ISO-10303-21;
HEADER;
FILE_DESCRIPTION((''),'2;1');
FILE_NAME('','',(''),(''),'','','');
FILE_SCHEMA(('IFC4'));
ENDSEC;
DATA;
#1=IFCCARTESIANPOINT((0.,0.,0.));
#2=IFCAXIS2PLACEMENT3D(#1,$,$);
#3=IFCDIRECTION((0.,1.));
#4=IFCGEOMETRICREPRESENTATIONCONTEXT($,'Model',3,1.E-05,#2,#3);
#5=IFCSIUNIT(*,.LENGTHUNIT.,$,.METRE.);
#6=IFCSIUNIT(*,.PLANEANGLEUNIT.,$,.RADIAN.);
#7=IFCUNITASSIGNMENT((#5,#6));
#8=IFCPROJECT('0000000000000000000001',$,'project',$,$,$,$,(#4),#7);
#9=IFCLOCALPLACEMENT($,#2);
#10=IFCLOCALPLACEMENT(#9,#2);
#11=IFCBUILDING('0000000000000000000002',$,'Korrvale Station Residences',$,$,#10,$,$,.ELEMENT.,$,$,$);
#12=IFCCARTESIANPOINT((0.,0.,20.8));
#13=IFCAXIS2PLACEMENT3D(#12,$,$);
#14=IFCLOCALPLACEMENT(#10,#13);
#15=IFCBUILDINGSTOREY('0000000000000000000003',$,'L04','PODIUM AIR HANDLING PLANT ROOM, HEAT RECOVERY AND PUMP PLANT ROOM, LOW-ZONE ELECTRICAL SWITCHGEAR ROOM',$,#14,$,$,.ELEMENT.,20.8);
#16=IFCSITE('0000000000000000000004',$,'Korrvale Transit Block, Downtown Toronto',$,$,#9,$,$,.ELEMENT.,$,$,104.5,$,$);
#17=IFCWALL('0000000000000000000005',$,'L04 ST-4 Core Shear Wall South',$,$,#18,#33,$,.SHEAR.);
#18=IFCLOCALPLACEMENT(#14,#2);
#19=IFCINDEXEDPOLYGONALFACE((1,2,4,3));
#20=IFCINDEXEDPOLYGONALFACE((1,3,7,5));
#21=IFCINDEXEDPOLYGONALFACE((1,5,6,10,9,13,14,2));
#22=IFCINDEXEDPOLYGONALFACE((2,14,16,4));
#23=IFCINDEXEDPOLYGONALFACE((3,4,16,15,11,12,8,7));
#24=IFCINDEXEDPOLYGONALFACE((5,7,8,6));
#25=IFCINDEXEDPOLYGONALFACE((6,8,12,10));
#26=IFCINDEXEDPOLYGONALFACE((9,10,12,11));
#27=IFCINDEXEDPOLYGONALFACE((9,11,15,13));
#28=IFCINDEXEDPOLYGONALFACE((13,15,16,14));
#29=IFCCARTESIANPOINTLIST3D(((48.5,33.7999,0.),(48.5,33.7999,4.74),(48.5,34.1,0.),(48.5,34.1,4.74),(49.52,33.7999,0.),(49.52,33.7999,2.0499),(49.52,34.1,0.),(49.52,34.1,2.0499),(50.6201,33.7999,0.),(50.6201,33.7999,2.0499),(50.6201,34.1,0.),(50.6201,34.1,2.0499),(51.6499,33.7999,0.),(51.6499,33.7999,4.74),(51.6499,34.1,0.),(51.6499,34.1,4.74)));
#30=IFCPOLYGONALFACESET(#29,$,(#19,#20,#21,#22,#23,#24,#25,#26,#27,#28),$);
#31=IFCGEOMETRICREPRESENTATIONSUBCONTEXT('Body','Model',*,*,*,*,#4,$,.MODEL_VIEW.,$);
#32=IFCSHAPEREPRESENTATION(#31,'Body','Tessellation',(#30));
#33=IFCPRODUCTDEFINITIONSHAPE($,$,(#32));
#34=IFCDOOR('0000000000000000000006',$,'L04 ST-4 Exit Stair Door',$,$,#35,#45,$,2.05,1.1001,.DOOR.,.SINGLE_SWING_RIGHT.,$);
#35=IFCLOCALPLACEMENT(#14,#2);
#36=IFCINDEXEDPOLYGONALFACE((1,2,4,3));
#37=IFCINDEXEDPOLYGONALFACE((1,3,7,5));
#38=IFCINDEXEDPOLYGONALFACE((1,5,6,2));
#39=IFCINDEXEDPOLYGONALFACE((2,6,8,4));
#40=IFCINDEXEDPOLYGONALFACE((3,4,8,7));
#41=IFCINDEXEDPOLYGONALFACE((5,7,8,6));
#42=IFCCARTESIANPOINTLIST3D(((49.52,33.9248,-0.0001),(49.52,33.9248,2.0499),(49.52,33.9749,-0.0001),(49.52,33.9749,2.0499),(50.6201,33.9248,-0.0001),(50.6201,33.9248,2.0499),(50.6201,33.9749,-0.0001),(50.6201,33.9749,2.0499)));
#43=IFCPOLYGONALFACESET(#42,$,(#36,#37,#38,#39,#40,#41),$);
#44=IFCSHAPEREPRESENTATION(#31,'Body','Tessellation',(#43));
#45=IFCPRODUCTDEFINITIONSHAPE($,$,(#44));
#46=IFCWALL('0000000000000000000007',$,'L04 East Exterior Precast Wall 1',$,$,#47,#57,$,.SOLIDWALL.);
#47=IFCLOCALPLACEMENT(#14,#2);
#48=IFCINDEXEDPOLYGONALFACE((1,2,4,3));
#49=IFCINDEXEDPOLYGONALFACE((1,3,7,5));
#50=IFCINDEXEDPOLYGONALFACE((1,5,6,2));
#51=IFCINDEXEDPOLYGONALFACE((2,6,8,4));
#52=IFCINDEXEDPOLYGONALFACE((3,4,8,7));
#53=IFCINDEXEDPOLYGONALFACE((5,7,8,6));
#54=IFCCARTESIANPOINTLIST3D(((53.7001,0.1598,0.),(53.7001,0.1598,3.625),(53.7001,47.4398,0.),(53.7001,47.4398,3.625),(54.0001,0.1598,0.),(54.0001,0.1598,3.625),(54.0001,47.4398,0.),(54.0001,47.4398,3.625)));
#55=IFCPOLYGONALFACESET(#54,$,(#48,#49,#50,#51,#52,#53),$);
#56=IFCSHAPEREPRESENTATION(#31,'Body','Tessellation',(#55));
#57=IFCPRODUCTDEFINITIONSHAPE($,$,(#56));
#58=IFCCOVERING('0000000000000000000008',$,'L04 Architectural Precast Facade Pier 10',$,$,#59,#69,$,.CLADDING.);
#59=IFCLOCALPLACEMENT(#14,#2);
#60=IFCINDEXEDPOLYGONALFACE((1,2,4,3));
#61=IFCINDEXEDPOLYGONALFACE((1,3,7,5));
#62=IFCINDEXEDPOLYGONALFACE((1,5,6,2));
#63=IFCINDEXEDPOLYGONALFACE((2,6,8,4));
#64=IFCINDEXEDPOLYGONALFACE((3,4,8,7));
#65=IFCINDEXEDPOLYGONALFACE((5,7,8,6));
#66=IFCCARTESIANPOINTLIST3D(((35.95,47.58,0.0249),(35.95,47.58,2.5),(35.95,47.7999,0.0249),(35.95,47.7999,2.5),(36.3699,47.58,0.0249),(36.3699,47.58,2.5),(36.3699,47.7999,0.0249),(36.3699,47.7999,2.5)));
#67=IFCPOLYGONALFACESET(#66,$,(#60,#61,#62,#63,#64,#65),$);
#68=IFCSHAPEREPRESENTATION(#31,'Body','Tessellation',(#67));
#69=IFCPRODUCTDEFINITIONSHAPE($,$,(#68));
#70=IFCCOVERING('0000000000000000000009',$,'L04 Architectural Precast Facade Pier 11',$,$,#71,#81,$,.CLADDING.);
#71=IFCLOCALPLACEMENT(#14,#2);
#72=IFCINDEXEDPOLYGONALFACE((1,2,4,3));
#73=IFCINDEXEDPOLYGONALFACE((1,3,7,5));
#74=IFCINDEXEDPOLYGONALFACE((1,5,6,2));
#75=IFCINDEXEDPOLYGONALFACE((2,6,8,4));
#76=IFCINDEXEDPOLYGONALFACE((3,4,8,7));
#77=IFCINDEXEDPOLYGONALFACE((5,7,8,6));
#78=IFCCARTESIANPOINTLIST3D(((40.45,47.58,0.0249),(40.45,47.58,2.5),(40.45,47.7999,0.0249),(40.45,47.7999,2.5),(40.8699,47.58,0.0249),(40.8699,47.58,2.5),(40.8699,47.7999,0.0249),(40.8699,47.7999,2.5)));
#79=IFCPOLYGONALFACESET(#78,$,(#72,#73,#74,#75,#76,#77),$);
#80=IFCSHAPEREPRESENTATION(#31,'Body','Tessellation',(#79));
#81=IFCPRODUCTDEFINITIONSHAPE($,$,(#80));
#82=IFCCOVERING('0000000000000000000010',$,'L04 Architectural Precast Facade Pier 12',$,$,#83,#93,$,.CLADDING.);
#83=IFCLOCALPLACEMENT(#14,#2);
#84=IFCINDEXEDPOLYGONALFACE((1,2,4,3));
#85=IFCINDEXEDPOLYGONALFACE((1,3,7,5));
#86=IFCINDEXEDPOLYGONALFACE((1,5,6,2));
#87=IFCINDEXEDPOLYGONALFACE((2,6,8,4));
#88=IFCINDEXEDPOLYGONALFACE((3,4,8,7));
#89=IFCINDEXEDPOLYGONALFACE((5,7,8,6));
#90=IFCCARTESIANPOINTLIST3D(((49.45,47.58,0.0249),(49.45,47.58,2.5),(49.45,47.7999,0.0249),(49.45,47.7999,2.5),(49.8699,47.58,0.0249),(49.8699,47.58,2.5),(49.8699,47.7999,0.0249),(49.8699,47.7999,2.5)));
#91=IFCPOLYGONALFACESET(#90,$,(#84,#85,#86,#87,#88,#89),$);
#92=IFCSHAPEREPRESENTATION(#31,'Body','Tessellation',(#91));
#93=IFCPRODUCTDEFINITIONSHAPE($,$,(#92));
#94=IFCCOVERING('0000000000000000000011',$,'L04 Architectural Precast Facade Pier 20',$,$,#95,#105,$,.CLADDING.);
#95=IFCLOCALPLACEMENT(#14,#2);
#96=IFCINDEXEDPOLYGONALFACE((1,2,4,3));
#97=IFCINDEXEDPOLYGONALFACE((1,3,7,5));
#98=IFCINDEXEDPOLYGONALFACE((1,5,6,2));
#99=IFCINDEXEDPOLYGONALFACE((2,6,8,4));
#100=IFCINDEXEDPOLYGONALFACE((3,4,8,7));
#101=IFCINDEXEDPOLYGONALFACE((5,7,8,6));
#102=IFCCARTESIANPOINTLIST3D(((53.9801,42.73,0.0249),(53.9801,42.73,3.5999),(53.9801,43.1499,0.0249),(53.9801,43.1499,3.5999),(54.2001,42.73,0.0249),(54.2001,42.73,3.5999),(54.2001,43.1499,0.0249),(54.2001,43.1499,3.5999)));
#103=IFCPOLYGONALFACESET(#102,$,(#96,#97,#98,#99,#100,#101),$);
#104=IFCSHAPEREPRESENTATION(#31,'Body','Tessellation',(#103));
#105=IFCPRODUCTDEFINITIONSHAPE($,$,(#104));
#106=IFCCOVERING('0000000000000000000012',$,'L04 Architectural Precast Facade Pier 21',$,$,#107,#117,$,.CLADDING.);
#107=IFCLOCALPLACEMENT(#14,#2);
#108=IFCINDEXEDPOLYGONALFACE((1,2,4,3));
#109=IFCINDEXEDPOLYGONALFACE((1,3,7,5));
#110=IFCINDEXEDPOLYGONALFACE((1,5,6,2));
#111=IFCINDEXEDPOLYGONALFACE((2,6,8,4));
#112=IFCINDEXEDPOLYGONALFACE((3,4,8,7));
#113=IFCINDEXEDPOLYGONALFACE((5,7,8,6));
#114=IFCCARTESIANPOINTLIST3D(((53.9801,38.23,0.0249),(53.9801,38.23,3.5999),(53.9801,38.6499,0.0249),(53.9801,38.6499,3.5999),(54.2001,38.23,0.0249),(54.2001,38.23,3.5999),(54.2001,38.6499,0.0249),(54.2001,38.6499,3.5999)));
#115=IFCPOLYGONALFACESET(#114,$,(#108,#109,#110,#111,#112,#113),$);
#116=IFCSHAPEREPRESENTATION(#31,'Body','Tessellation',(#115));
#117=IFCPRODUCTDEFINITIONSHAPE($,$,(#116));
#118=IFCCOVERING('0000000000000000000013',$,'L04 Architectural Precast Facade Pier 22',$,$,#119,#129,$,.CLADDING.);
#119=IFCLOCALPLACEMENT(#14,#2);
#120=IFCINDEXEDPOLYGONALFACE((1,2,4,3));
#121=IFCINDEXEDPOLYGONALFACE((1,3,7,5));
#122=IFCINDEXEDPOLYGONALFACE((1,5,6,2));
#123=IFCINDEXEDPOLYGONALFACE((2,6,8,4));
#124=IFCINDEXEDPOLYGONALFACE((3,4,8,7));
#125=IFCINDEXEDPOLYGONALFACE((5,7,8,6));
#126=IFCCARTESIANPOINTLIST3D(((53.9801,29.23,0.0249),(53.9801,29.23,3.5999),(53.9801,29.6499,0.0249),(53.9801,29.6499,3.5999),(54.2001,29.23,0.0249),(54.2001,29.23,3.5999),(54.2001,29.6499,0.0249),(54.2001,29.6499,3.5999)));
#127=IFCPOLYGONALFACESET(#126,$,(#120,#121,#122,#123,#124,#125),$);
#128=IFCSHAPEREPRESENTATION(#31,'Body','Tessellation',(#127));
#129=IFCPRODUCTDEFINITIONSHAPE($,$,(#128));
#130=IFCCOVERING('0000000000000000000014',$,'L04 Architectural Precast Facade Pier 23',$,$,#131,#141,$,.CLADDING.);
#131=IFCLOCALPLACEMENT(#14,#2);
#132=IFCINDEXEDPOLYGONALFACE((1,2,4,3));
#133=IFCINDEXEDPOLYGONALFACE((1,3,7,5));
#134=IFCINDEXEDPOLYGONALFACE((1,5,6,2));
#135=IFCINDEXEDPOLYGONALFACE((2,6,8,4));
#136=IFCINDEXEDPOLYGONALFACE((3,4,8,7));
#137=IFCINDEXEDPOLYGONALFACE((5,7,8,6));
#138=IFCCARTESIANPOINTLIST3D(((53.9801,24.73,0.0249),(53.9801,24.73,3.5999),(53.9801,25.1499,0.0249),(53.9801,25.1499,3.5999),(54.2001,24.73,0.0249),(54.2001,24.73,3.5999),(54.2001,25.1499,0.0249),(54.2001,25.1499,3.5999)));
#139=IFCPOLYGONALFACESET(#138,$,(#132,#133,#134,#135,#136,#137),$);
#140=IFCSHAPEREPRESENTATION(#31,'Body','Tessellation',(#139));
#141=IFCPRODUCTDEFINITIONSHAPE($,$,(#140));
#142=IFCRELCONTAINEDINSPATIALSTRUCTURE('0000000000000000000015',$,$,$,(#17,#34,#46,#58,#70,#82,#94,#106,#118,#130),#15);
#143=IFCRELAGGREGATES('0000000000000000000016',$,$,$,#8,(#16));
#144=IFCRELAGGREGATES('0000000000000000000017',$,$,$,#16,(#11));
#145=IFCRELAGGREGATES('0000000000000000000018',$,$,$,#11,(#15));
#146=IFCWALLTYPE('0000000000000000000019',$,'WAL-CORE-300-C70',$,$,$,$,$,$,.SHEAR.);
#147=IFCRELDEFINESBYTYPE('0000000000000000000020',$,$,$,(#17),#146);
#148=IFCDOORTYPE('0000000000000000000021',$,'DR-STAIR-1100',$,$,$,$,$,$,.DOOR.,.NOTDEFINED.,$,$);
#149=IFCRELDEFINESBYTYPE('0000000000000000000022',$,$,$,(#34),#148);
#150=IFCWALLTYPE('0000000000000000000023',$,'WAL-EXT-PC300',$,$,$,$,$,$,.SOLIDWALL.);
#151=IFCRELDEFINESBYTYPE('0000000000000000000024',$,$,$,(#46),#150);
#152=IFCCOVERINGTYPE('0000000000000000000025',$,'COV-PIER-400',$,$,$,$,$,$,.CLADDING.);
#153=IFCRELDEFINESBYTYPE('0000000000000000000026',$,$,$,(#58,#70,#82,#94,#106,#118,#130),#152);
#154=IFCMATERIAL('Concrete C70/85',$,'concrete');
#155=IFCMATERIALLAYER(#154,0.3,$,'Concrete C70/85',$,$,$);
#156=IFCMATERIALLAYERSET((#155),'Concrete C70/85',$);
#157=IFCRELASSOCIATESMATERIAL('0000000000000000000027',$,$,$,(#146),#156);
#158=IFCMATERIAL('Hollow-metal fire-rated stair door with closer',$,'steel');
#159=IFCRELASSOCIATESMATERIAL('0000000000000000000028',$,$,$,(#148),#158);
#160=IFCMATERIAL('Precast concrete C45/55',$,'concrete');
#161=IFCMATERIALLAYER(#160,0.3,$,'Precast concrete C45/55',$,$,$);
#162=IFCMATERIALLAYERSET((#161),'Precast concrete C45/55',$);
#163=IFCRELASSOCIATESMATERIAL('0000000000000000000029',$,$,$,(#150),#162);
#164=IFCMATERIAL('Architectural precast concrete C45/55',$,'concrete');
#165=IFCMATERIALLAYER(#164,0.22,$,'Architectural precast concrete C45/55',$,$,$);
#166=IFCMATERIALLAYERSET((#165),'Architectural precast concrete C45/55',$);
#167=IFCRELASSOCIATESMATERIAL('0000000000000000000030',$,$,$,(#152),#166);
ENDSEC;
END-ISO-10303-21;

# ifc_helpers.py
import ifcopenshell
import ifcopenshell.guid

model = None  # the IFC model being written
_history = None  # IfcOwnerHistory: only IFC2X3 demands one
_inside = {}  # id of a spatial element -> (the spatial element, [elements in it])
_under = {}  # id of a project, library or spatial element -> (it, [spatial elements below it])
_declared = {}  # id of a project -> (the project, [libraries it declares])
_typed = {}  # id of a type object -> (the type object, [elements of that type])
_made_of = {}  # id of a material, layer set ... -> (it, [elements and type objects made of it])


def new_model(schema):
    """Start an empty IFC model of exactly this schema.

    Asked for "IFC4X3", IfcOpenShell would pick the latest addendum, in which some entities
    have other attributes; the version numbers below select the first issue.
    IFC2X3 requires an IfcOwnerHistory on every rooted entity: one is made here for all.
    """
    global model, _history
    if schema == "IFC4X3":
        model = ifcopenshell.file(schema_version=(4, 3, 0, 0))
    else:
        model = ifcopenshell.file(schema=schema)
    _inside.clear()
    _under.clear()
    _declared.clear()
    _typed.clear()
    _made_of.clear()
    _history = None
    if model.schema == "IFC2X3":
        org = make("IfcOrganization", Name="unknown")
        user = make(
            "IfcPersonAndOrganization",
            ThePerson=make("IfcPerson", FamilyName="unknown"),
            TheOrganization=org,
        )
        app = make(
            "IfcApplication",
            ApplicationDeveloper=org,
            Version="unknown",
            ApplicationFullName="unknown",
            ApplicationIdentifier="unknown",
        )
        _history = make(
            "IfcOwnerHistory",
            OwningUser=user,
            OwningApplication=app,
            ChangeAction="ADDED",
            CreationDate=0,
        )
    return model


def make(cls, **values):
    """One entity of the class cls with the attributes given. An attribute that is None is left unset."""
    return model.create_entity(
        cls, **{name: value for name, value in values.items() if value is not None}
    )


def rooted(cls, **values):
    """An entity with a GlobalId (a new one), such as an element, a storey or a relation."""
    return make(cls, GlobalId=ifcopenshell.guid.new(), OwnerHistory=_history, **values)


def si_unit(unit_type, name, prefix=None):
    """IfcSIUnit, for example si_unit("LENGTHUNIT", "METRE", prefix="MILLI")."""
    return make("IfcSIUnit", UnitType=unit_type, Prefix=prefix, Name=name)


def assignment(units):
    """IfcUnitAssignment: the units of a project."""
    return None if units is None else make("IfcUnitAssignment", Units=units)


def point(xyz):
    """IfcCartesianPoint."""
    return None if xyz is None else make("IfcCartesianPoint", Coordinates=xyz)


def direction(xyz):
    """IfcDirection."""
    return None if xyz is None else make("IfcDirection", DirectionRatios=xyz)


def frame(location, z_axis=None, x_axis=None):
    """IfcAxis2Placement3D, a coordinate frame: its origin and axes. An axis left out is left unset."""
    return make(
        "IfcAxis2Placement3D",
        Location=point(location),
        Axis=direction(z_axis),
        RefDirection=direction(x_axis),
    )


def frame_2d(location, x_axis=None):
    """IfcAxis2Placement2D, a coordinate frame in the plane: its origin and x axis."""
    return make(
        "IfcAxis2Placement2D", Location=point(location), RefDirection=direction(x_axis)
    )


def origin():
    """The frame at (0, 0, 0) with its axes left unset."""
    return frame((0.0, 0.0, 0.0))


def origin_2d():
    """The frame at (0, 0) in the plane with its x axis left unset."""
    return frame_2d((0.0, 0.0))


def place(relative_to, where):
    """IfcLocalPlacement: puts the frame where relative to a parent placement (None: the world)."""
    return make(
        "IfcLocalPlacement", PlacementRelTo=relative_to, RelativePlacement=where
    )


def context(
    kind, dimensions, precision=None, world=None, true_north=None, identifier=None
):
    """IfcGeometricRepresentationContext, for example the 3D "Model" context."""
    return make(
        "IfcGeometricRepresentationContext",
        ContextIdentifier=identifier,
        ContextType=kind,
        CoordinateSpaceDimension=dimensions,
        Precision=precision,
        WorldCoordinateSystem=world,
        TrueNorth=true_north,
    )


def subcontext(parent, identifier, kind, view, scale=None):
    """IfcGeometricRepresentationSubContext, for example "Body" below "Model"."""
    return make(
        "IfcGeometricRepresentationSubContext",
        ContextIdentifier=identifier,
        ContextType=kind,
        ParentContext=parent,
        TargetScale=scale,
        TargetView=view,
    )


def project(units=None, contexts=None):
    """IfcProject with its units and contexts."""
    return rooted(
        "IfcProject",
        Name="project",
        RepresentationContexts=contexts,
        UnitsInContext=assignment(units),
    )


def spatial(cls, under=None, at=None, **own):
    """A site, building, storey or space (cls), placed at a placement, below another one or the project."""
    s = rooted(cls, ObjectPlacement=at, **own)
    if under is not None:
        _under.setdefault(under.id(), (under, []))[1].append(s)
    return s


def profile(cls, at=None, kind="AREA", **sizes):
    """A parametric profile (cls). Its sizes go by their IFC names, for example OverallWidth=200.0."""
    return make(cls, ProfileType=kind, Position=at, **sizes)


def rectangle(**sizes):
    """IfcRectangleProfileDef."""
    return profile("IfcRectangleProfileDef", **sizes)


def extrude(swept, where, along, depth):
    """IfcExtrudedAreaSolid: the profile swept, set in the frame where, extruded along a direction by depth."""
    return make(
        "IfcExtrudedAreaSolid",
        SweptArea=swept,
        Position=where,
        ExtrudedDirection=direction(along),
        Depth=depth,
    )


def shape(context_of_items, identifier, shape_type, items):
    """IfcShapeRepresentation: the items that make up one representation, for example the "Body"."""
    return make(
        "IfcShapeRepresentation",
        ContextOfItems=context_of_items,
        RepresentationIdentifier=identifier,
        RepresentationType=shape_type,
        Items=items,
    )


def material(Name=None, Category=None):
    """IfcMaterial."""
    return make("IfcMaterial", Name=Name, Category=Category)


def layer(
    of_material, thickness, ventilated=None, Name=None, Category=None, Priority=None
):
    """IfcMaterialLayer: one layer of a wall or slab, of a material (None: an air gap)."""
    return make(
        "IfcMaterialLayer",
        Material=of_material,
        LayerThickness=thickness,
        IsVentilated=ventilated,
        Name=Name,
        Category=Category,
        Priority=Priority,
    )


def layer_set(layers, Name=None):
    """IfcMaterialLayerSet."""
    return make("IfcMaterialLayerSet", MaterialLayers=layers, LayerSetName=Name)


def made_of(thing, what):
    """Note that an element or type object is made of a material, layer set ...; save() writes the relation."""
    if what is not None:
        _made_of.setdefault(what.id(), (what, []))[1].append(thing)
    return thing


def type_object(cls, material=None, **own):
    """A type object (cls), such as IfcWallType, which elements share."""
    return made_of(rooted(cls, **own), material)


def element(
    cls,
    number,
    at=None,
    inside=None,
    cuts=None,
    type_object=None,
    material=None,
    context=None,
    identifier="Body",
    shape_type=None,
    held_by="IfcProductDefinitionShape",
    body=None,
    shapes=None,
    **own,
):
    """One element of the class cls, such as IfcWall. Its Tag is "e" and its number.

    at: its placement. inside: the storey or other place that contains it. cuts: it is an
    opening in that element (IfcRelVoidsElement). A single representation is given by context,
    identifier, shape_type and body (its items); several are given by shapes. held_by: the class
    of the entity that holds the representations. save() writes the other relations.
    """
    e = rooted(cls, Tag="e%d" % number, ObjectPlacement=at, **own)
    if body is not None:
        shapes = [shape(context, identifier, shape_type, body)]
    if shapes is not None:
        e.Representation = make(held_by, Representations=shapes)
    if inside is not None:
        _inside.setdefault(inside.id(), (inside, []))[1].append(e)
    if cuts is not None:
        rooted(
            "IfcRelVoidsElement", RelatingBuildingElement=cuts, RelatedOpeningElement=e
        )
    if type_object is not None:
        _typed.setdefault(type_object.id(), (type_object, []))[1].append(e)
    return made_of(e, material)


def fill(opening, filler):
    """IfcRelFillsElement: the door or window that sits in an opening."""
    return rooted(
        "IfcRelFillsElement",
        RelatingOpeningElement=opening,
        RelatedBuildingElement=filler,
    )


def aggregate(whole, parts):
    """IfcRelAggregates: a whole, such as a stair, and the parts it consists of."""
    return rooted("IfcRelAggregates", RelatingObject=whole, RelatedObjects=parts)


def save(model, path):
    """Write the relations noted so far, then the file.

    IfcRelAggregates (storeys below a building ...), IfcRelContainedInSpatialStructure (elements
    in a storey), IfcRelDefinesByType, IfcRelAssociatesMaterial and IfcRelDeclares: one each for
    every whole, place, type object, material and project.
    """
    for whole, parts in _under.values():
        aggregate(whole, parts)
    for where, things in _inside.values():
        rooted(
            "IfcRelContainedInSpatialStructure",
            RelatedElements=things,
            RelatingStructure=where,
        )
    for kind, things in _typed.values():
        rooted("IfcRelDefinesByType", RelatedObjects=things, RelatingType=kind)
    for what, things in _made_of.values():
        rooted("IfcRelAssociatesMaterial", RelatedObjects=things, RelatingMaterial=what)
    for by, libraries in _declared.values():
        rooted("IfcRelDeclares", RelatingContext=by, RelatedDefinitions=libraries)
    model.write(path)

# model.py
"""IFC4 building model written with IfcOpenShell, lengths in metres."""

from ifc_helpers import new_model, si_unit, direction, frame, frame_2d, origin, origin_2d, place, context, subcontext, project, spatial, rectangle, extrude, material, layer, layer_set, type_object, element, fill, save


model = new_model("IFC4")

# Units and contexts
model_context = context("Model", 3, precision=1e-05, world=origin(), true_north=direction((0.0, 1.0)))
body_context = subcontext(model_context, "Body", "Model", "MODEL_VIEW")
ifc_project = project(units=[si_unit("LENGTHUNIT", "METRE"), si_unit("PLANEANGLEUNIT", "RADIAN")], contexts=[model_context])

# Site, building, storey
site_placement = place(None, origin())
site = spatial("IfcSite", under=ifc_project, at=site_placement, Name="Korrvale Transit Block, Downtown Toronto", CompositionType="ELEMENT", RefElevation=104.5)
building_placement = place(site_placement, origin())
building = spatial("IfcBuilding", under=site, at=building_placement, Name="Korrvale Station Residences", CompositionType="ELEMENT")
storey_placement = place(building_placement, frame((0.0, 0.0, 20.8)))
storey = spatial("IfcBuildingStorey", under=building, at=storey_placement, Name="L04", Description="PODIUM AIR HANDLING PLANT ROOM, HEAT RECOVERY AND PUMP PLANT ROOM, LOW-ZONE ELECTRICAL SWITCHGEAR ROOM", CompositionType="ELEMENT", Elevation=20.8)

# Shared definitions
ifc_material_1 = material(Name="Concrete C70/85", Category="concrete")

# Shared definitions
ifc_layer_1 = layer(ifc_material_1, 0.3, Name="Concrete C70/85")
ifc_layer_set_1 = layer_set([ifc_layer_1], Name="Concrete C70/85")
wall_type_1 = type_object("IfcWallType", Name="WAL-CORE-300-C70", PredefinedType="SHEAR", material=ifc_layer_set_1)

# Wall, opening, door
wall_1_placement = place(storey_placement, frame((48.5, 33.95, 0.0), z_axis=(0.0, 0.0, 1.0), x_axis=(1.0, 0.0, 0.0)))
wall_1 = element("IfcWall", 1, at=wall_1_placement, inside=storey, type_object=wall_type_1, Name="L04 ST-4 Core Shear Wall South", PredefinedType="SHEAR", context=body_context, shape_type="SweptSolid", body=[
    extrude(rectangle(XDim=3.1499, YDim=0.3, at=frame_2d((1.575, 0.0))), origin(), (0.0, 0.0, 1.0), 4.74),
])
opening_placement = place(wall_1_placement, frame((1.02, 0.0, 0.0)))
opening = element("IfcOpeningElement", 2, at=opening_placement, cuts=wall_1, PredefinedType="OPENING", context=body_context, shape_type="SweptSolid", body=[
    extrude(rectangle(XDim=1.1001, YDim=2.05, at=frame_2d((0.55, 1.0249))), frame((0.0, 0.1602, 0.0), z_axis=(0.0, -1.0, 0.0), x_axis=(1.0, 0.0, 0.0)), (0.0, 0.0, 1.0), 0.3201),
])
ifc_material_2 = material(Name="Hollow-metal fire-rated stair door with closer", Category="steel")
door_type = type_object("IfcDoorType", Name="DR-STAIR-1100", OperationType="NOTDEFINED", PredefinedType="DOOR", material=ifc_material_2)
door_placement = place(opening_placement, origin())
door = element("IfcDoor", 3, at=door_placement, inside=storey, type_object=door_type, Name="L04 ST-4 Exit Stair Door", OperationType="SINGLE_SWING_RIGHT", OverallHeight=2.05, OverallWidth=1.1001, PredefinedType="DOOR", context=body_context, shape_type="SweptSolid", body=[
    extrude(rectangle(XDim=1.1001, YDim=2.05, at=frame_2d((0.55, 1.0249))), frame((0.0, 0.0249, 0.0), z_axis=(0.0, -1.0, 0.0), x_axis=(1.0, 0.0, 0.0)), (0.0, 0.0, 1.0), 0.05),
])
fill(opening, door)

# Wall
ifc_material_3 = material(Name="Precast concrete C45/55", Category="concrete")
ifc_layer_2 = layer(ifc_material_3, 0.3, Name="Precast concrete C45/55")
ifc_layer_set_2 = layer_set([ifc_layer_2], Name="Precast concrete C45/55")
wall_type_2 = type_object("IfcWallType", Name="WAL-EXT-PC300", PredefinedType="SOLIDWALL", material=ifc_layer_set_2)
wall_2_placement = place(storey_placement, frame((53.8501, 47.4399, 0.0), z_axis=(0.0, 0.0, 1.0), x_axis=(0.0, -1.0, 0.0)))
element("IfcWall", 4, at=wall_2_placement, inside=storey, type_object=wall_type_2, Name="L04 East Exterior Precast Wall 1", PredefinedType="SOLIDWALL", context=body_context, shape_type="SweptSolid", body=[
    extrude(rectangle(XDim=47.28, YDim=0.3, at=frame_2d((23.6401, 0.0))), origin(), (0.0, 0.0, 1.0), 3.625),
])

# Coverings
ifc_material_4 = material(Name="Architectural precast concrete C45/55", Category="concrete")
ifc_layer_3 = layer(ifc_material_4, 0.22, Name="Architectural precast concrete C45/55")
ifc_layer_set_3 = layer_set([ifc_layer_3], Name="Architectural precast concrete C45/55")
covering_type = type_object("IfcCoveringType", Name="COV-PIER-400", PredefinedType="CLADDING", material=ifc_layer_set_3)
for number, where, z_axis, x_axis, name in (
    (5, (36.1599, 47.6899, 0.0249), (0.0, 0.0, 1.0), (1.0, 0.0, 0.0), "L04 Architectural Precast Facade Pier 10"),
    (6, (40.6599, 47.6899, 0.0249), (0.0, 0.0, 1.0), (1.0, 0.0, 0.0), "L04 Architectural Precast Facade Pier 11"),
    (7, (49.6599, 47.6899, 0.0249), (0.0, 0.0, 1.0), (1.0, 0.0, 0.0), "L04 Architectural Precast Facade Pier 12"),
):
    element("IfcCovering", number, at=place(storey_placement, frame(where, z_axis=z_axis, x_axis=x_axis)), inside=storey, type_object=covering_type, Name=name, PredefinedType="CLADDING", context=body_context, shape_type="SweptSolid", body=[
        extrude(rectangle(XDim=0.4199, YDim=0.22, at=origin_2d()), origin(), (0.0, 0.0, 1.0), 2.4751),
    ])
for number, where, z_axis, x_axis, name in (
    (8, (54.0901, 42.9399, 0.0249), (0.0, 0.0, 1.0), (0.0, 1.0, 0.0), "L04 Architectural Precast Facade Pier 20"),
    (9, (54.0901, 38.4399, 0.0249), (0.0, 0.0, 1.0), (0.0, 1.0, 0.0), "L04 Architectural Precast Facade Pier 21"),
    (10, (54.0901, 29.4399, 0.0249), (0.0, 0.0, 1.0), (0.0, 1.0, 0.0), "L04 Architectural Precast Facade Pier 22"),
    (11, (54.0901, 24.9399, 0.0249), (0.0, 0.0, 1.0), (0.0, 1.0, 0.0), "L04 Architectural Precast Facade Pier 23"),
):
    element("IfcCovering", number, at=place(storey_placement, frame(where, z_axis=z_axis, x_axis=x_axis)), inside=storey, type_object=covering_type, Name=name, PredefinedType="CLADDING", context=body_context, shape_type="SweptSolid", body=[
        extrude(rectangle(XDim=0.4199, YDim=0.22, at=origin_2d()), origin(), (0.0, 0.0, 1.0), 3.575),
    ])

save(model, "model.ifc")
